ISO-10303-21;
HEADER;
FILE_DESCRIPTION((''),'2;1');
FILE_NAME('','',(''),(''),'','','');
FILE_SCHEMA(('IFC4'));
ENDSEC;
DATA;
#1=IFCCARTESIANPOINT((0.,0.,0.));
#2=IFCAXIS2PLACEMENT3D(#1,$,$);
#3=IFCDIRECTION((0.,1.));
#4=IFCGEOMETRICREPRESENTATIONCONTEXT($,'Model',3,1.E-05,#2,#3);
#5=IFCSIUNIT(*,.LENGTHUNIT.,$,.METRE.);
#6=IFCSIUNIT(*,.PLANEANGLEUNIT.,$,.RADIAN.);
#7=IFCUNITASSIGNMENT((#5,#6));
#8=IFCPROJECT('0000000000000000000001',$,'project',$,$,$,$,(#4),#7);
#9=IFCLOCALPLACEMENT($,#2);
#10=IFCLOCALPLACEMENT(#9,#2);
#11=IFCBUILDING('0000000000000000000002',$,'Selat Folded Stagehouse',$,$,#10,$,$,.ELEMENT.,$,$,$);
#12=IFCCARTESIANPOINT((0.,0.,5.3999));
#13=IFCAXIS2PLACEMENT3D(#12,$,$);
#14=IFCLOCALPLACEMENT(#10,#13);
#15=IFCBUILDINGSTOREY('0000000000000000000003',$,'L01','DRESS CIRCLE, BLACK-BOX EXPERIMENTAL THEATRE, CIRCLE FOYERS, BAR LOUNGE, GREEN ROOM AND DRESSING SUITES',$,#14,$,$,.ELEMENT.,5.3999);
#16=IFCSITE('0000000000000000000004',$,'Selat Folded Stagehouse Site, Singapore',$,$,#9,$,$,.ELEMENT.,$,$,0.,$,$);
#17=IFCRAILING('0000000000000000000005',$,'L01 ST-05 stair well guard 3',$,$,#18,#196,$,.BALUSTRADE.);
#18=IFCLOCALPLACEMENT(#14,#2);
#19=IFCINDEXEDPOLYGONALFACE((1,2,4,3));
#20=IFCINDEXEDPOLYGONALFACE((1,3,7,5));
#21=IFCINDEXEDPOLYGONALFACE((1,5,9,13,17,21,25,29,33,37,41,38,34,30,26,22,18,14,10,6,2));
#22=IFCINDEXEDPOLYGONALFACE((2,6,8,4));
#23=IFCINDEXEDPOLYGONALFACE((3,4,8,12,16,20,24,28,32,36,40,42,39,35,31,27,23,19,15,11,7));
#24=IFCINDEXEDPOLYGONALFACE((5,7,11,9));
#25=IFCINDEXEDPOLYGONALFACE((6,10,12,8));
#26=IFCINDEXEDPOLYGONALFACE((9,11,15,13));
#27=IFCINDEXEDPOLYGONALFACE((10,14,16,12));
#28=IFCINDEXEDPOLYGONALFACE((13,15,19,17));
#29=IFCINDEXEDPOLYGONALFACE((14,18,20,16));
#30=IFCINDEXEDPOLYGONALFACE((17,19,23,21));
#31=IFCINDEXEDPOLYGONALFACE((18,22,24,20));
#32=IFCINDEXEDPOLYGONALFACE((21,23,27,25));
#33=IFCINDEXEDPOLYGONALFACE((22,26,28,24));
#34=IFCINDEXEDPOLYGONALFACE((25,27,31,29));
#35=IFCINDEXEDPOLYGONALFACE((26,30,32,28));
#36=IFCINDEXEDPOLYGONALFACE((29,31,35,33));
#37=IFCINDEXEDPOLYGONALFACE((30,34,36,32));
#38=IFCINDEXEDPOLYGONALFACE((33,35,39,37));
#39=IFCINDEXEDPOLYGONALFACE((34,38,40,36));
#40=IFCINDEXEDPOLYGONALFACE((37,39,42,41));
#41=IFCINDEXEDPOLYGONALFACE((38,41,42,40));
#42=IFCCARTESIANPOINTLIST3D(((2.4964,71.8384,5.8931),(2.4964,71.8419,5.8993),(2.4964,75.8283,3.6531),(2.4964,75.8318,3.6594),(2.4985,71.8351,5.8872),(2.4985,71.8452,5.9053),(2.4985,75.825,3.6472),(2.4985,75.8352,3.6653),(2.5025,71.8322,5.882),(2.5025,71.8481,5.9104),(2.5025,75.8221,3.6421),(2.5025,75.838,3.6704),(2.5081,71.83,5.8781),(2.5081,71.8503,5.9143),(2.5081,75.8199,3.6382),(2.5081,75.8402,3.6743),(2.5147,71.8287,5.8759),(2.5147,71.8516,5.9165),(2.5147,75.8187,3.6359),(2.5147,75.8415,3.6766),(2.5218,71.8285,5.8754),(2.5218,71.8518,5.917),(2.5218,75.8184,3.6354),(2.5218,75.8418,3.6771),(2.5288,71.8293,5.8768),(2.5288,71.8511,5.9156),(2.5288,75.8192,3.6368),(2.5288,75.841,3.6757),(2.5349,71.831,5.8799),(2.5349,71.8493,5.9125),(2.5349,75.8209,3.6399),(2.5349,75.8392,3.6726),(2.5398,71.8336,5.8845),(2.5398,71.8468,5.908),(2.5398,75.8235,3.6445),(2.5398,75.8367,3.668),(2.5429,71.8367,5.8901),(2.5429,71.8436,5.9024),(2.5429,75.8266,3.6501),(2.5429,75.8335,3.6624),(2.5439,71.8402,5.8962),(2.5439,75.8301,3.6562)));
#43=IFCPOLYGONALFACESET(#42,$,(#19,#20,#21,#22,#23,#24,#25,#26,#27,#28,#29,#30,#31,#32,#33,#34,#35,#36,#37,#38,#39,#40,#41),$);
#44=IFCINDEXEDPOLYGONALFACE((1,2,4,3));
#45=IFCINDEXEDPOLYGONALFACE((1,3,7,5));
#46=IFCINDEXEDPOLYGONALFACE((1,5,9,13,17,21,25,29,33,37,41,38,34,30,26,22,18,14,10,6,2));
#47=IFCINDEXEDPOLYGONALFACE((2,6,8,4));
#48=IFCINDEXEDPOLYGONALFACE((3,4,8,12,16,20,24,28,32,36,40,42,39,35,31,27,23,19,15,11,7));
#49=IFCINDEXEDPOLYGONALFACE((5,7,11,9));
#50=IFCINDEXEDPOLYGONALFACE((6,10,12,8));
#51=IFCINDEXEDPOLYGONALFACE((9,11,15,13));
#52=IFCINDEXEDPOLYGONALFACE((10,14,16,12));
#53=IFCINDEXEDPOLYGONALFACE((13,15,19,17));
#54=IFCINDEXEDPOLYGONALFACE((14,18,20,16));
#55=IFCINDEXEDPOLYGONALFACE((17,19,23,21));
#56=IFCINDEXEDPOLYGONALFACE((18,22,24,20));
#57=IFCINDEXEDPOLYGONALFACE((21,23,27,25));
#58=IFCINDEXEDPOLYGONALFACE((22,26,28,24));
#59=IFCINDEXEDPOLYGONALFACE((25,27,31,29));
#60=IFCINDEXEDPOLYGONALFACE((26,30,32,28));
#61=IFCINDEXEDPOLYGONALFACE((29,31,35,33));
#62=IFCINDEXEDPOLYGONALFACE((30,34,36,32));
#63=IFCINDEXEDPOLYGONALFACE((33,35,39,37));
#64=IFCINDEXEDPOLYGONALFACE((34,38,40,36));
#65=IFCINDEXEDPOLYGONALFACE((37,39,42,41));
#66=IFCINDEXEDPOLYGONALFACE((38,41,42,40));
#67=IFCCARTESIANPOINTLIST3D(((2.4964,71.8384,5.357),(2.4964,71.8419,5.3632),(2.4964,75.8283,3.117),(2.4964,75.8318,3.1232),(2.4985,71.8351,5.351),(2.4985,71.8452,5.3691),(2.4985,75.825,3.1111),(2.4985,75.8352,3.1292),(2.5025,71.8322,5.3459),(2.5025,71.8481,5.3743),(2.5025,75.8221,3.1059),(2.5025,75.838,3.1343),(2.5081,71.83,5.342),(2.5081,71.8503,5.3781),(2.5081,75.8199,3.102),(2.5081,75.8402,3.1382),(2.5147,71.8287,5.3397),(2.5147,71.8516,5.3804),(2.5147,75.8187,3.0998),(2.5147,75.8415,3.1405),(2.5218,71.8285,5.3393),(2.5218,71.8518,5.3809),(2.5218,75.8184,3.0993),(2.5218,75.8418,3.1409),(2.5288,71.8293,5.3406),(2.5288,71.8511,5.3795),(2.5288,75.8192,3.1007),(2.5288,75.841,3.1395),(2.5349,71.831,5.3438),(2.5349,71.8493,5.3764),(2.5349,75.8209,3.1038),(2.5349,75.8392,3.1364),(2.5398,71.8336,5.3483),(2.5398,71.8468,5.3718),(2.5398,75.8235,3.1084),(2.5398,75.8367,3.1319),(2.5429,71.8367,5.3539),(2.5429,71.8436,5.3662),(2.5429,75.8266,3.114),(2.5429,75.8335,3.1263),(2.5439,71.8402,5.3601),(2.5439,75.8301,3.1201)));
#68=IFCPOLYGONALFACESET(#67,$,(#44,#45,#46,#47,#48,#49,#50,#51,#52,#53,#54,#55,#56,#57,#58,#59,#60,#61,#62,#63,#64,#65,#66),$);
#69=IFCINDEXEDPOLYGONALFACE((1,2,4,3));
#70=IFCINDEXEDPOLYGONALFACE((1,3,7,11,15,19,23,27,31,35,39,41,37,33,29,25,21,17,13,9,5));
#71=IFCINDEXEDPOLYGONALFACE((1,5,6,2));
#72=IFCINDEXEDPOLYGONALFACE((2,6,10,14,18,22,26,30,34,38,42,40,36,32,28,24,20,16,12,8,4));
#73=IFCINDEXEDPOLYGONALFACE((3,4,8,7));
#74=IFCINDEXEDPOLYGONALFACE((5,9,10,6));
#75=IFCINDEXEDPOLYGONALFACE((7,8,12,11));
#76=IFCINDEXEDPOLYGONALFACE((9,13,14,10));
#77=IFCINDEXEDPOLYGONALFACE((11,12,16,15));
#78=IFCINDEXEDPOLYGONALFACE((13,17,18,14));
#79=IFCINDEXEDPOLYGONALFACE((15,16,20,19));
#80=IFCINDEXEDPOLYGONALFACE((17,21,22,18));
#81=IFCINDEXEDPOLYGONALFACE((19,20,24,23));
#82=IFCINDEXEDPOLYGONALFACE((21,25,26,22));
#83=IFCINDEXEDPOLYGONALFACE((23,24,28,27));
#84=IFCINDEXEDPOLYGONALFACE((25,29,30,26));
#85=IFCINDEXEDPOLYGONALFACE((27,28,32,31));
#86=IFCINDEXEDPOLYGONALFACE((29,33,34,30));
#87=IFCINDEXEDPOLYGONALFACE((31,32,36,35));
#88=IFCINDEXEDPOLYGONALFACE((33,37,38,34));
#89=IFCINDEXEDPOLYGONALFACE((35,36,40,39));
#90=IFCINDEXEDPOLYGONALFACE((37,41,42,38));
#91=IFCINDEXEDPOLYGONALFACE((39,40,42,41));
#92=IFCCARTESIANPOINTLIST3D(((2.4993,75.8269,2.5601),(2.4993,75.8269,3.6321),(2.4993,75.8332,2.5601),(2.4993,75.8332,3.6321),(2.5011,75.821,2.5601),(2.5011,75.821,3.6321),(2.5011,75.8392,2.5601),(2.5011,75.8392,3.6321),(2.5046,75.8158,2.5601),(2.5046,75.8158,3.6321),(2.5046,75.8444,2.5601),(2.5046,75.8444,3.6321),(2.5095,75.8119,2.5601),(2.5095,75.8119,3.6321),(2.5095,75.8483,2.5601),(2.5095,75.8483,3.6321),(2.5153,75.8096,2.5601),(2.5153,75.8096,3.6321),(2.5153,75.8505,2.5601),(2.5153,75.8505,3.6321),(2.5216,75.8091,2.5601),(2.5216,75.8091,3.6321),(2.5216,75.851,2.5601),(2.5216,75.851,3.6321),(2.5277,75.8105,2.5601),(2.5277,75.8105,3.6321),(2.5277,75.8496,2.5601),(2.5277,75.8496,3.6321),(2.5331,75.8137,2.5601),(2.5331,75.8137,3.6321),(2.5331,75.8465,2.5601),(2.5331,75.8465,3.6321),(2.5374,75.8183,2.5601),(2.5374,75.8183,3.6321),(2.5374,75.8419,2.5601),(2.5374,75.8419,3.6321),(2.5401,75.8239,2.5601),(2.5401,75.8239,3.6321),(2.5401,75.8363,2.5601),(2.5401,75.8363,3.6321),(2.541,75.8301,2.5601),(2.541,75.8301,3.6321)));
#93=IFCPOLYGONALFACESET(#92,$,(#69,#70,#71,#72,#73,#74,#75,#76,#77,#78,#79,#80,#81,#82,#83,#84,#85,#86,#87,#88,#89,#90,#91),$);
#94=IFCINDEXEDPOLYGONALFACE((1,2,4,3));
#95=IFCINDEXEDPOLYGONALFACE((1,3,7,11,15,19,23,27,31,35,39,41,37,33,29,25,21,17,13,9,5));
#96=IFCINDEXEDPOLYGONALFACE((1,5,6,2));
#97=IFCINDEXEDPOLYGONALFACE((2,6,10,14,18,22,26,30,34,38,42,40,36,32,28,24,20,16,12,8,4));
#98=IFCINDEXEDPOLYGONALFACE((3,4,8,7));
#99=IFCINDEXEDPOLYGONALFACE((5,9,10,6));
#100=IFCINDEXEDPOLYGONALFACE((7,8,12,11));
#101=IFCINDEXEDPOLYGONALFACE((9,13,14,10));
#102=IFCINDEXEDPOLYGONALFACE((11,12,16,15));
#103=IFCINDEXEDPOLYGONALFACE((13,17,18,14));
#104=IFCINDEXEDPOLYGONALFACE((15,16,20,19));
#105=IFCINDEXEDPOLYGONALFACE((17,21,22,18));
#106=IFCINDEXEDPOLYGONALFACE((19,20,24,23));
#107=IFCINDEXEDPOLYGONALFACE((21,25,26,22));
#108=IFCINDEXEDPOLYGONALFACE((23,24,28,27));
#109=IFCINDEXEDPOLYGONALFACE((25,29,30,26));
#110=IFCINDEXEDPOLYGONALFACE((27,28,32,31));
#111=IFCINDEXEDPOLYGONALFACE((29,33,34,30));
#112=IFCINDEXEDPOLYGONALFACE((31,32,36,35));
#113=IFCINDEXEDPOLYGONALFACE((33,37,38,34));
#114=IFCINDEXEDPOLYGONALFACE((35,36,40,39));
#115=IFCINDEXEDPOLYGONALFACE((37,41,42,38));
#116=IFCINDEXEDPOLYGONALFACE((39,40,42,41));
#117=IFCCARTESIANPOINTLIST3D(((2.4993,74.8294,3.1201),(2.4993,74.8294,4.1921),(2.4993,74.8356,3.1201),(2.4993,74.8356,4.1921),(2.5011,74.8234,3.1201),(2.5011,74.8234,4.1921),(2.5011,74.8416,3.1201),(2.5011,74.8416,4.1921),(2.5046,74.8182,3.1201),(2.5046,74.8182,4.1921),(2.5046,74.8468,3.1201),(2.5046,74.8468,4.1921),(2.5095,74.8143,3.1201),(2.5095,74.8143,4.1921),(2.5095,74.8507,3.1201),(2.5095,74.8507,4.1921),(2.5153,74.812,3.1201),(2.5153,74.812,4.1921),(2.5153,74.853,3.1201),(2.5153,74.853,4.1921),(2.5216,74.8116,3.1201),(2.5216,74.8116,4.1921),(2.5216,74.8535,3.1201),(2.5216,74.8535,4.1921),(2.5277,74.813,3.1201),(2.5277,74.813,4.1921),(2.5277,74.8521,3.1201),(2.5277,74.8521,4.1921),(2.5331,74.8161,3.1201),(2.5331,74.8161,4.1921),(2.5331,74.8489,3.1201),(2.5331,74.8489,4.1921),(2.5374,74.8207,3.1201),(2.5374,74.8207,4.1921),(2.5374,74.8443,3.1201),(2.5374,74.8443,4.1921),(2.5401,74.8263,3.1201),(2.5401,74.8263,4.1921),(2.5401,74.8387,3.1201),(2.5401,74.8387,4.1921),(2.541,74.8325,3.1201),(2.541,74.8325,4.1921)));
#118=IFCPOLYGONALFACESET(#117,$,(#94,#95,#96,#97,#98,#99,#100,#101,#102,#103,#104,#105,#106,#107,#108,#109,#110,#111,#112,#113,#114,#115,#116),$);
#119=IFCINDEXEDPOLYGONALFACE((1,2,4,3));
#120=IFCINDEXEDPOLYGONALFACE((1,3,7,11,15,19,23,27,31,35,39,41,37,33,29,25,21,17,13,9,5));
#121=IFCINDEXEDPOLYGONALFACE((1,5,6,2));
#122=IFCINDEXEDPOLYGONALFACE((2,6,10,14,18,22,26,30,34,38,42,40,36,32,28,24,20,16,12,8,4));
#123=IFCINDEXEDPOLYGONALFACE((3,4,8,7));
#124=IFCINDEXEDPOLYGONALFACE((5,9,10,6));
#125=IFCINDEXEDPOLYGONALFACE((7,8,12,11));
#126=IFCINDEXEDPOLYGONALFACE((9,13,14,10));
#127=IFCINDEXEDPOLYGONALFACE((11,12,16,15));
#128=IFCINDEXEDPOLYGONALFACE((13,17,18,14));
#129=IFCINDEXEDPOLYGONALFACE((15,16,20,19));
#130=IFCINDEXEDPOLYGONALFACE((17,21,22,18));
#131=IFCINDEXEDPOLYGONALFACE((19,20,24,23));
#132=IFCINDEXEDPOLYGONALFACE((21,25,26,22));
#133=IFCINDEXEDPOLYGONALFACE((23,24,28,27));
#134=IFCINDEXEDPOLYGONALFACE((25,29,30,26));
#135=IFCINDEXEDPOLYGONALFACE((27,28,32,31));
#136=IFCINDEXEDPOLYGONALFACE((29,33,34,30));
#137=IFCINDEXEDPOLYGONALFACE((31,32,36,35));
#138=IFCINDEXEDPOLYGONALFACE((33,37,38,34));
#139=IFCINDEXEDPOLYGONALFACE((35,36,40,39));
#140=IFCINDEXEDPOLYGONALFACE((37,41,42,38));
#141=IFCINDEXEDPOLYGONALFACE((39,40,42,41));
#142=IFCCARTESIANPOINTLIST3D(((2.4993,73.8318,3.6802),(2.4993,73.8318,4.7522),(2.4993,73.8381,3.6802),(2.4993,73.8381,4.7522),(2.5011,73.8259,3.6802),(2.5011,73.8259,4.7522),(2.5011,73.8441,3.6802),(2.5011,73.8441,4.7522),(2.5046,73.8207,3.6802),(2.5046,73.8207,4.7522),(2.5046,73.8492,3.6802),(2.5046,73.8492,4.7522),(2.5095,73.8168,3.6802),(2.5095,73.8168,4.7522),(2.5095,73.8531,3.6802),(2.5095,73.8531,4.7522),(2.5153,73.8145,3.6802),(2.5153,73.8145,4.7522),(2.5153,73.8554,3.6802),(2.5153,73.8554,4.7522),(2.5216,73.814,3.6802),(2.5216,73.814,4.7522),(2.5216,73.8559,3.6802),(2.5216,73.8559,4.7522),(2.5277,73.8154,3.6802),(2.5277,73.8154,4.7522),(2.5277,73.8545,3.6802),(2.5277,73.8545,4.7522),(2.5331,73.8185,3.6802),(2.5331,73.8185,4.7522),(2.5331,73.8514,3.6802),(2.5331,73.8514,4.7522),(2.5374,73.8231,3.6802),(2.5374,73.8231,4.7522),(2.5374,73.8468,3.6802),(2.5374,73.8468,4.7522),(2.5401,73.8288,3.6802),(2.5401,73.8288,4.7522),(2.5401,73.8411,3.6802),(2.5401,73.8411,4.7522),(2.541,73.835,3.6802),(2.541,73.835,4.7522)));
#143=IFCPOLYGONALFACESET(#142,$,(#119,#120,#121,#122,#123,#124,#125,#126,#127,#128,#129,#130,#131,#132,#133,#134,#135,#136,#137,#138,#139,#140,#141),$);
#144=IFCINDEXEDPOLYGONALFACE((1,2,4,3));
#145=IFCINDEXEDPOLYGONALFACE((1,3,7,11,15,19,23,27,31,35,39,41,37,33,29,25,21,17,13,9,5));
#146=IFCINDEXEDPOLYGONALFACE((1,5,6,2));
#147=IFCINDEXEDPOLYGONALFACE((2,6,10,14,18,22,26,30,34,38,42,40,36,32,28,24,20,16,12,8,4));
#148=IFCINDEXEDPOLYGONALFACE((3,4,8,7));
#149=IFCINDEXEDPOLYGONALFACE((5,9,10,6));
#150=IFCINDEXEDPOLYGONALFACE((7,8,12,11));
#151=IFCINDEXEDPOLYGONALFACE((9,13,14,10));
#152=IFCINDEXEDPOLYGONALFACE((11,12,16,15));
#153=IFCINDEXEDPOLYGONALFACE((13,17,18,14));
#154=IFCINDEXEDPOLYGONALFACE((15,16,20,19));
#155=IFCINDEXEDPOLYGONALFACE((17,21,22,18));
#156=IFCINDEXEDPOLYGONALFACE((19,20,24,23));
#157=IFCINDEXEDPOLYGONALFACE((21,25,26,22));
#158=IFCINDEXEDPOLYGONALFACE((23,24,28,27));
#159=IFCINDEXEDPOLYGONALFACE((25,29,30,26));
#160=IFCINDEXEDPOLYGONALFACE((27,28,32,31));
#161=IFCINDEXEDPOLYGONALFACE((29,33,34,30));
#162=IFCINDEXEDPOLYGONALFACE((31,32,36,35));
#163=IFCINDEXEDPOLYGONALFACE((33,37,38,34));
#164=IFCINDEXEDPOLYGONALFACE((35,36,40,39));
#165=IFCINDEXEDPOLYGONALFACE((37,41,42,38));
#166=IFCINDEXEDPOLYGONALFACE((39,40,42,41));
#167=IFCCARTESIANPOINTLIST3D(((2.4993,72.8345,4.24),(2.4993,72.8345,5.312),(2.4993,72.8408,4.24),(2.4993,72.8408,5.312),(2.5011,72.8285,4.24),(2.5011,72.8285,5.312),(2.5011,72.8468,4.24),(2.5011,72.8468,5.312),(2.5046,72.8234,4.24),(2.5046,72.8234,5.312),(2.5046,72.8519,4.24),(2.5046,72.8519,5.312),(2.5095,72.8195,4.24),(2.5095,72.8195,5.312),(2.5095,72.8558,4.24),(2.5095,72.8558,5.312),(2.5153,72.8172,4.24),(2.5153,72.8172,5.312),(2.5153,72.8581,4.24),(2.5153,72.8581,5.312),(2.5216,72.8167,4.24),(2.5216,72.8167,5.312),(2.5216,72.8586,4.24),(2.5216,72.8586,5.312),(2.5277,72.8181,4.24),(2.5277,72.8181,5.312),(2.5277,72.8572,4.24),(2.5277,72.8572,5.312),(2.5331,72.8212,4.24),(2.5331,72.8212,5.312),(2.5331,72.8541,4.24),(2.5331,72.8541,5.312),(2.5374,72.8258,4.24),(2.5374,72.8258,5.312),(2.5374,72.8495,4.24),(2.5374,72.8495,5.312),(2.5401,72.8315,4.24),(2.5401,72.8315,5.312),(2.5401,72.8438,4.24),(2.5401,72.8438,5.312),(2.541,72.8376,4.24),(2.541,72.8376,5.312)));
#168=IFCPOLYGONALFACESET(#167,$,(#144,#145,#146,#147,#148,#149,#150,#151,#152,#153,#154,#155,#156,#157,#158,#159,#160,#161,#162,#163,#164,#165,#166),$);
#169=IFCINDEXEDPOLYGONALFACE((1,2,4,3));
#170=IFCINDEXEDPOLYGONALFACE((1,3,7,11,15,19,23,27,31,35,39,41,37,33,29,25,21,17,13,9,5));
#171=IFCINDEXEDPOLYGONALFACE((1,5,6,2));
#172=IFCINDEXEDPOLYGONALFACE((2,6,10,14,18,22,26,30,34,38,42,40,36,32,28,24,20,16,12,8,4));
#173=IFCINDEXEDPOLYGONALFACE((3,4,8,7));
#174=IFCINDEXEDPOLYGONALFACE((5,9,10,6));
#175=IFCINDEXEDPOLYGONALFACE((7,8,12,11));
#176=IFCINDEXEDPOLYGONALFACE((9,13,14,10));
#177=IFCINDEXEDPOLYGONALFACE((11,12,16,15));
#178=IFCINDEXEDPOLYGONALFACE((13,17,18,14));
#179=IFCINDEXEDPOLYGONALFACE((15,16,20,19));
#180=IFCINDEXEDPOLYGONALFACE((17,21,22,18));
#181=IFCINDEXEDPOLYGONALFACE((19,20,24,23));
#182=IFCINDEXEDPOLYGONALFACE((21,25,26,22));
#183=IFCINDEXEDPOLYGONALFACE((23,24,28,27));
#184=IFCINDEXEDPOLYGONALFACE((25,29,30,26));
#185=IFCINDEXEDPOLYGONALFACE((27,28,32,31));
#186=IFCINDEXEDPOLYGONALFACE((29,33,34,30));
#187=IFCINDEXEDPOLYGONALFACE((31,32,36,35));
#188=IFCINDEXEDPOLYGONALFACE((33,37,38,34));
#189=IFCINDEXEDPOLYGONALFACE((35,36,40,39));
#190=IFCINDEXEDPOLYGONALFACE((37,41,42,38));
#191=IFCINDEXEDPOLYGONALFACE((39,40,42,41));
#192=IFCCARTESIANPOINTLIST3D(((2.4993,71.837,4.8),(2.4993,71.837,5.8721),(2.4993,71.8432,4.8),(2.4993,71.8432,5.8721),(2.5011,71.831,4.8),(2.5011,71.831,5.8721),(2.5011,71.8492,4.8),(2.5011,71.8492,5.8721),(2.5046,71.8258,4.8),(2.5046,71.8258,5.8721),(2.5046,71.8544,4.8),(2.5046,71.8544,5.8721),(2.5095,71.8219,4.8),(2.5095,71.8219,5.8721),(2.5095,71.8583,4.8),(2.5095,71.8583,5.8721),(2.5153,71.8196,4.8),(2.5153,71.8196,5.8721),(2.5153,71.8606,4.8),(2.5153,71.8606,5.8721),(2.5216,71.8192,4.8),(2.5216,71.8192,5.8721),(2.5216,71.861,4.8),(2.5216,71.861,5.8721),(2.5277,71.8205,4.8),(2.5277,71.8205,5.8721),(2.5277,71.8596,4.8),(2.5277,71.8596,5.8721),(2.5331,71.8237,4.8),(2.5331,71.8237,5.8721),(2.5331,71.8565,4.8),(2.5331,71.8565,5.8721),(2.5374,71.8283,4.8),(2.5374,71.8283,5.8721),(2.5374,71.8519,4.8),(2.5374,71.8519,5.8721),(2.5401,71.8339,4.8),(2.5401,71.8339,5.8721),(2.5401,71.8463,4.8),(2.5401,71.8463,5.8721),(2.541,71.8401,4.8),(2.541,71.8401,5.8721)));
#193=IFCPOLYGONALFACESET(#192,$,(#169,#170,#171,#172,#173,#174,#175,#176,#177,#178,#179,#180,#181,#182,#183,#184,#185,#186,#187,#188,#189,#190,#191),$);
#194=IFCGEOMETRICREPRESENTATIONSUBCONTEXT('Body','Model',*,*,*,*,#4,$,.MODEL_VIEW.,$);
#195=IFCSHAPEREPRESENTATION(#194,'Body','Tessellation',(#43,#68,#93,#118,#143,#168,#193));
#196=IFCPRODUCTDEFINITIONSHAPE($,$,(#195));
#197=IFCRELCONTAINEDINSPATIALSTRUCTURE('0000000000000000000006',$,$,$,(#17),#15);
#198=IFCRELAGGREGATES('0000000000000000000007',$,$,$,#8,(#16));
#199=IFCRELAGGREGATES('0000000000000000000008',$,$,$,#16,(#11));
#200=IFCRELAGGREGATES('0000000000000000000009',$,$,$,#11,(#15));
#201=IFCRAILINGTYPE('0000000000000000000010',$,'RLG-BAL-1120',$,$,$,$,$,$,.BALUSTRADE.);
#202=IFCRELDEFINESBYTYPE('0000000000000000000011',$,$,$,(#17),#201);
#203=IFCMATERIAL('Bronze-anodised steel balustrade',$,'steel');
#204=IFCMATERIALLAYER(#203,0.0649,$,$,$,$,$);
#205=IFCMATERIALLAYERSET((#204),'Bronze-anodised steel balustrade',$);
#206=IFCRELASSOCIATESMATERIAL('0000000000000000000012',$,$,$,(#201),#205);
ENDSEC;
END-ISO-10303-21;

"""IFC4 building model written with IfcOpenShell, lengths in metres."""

from ifc_helpers import new_model, si_unit, direction, frame, origin, origin_2d, place, context, subcontext, project, spatial, circle, extrude, material, layer, layer_set, type_object, element, save


model = new_model("IFC4")

# Units and contexts
model_context = context("Model", 3, precision=1e-05, world=origin(), true_north=direction((0.0, 1.0)))
body_context = subcontext(model_context, "Body", "Model", "MODEL_VIEW")
ifc_project = project(units=[si_unit("LENGTHUNIT", "METRE"), si_unit("PLANEANGLEUNIT", "RADIAN")], contexts=[model_context])

# Site, building, storey
site_placement = place(None, origin())
site = spatial("IfcSite", under=ifc_project, at=site_placement, Name="Selat Folded Stagehouse Site, Singapore", CompositionType="ELEMENT", RefElevation=0.0)
building_placement = place(site_placement, origin())
building = spatial("IfcBuilding", under=site, at=building_placement, Name="Selat Folded Stagehouse", CompositionType="ELEMENT")
storey_placement = place(building_placement, frame((0.0, 0.0, 5.3999)))
storey = spatial("IfcBuildingStorey", under=building, at=storey_placement, Name="L01", Description="DRESS CIRCLE, BLACK-BOX EXPERIMENTAL THEATRE, CIRCLE FOYERS, BAR LOUNGE, GREEN ROOM AND DRESSING SUITES", CompositionType="ELEMENT", Elevation=5.3999)

# Railing
ifc_material_1 = material(Name="Bronze-anodised steel balustrade", Category="steel")
ifc_layer_1 = layer(ifc_material_1, 0.0649)
ifc_layer_set_1 = layer_set([ifc_layer_1], Name="Bronze-anodised steel balustrade")
railing_type_1 = type_object("IfcRailingType", Name="RLG-BAL-1120", PredefinedType="BALUSTRADE", material=ifc_layer_set_1)
railing_1_placement = place(storey_placement, frame((2.52, 75.8301, 2.5601)))
element("IfcRailing", 1, at=railing_1_placement, inside=storey, type_object=railing_type_1, Name="L01 ST-05 stair well guard 3", PredefinedType="BALUSTRADE", context=body_context, shape_type="SweptSolid", body=[
    extrude(circle(Radius=0.0239, at=origin_2d()), frame((0.0, 0.0, 1.0962), z_axis=(0.0, -0.871984, 0.489534), x_axis=(1.0, 0.0, 0.0)), (0.0, 0.0, 1.0), 4.5757),
    extrude(circle(Radius=0.0239, at=origin_2d()), frame((0.0, 0.0, 0.5601), z_axis=(0.0, -0.871984, 0.489534), x_axis=(1.0, 0.0, 0.0)), (0.0, 0.0, 1.0), 4.5757),
    extrude(circle(Radius=0.021, at=origin_2d()), origin(), (0.0, 0.0, 1.0), 1.072),
    extrude(circle(Radius=0.021, at=origin_2d()), frame((0.0, -0.9976, 0.5601)), (0.0, 0.0, 1.0), 1.072),
    extrude(circle(Radius=0.021, at=origin_2d()), frame((0.0, -1.9951, 1.1201)), (0.0, 0.0, 1.0), 1.072),
    extrude(circle(Radius=0.021, at=origin_2d()), frame((0.0, -2.9924, 1.6799)), (0.0, 0.0, 1.0), 1.072),
    extrude(circle(Radius=0.021, at=origin_2d()), frame((0.0, -3.99, 2.24)), (0.0, 0.0, 1.0), 1.072),
])

save(model, "model.ifc")
